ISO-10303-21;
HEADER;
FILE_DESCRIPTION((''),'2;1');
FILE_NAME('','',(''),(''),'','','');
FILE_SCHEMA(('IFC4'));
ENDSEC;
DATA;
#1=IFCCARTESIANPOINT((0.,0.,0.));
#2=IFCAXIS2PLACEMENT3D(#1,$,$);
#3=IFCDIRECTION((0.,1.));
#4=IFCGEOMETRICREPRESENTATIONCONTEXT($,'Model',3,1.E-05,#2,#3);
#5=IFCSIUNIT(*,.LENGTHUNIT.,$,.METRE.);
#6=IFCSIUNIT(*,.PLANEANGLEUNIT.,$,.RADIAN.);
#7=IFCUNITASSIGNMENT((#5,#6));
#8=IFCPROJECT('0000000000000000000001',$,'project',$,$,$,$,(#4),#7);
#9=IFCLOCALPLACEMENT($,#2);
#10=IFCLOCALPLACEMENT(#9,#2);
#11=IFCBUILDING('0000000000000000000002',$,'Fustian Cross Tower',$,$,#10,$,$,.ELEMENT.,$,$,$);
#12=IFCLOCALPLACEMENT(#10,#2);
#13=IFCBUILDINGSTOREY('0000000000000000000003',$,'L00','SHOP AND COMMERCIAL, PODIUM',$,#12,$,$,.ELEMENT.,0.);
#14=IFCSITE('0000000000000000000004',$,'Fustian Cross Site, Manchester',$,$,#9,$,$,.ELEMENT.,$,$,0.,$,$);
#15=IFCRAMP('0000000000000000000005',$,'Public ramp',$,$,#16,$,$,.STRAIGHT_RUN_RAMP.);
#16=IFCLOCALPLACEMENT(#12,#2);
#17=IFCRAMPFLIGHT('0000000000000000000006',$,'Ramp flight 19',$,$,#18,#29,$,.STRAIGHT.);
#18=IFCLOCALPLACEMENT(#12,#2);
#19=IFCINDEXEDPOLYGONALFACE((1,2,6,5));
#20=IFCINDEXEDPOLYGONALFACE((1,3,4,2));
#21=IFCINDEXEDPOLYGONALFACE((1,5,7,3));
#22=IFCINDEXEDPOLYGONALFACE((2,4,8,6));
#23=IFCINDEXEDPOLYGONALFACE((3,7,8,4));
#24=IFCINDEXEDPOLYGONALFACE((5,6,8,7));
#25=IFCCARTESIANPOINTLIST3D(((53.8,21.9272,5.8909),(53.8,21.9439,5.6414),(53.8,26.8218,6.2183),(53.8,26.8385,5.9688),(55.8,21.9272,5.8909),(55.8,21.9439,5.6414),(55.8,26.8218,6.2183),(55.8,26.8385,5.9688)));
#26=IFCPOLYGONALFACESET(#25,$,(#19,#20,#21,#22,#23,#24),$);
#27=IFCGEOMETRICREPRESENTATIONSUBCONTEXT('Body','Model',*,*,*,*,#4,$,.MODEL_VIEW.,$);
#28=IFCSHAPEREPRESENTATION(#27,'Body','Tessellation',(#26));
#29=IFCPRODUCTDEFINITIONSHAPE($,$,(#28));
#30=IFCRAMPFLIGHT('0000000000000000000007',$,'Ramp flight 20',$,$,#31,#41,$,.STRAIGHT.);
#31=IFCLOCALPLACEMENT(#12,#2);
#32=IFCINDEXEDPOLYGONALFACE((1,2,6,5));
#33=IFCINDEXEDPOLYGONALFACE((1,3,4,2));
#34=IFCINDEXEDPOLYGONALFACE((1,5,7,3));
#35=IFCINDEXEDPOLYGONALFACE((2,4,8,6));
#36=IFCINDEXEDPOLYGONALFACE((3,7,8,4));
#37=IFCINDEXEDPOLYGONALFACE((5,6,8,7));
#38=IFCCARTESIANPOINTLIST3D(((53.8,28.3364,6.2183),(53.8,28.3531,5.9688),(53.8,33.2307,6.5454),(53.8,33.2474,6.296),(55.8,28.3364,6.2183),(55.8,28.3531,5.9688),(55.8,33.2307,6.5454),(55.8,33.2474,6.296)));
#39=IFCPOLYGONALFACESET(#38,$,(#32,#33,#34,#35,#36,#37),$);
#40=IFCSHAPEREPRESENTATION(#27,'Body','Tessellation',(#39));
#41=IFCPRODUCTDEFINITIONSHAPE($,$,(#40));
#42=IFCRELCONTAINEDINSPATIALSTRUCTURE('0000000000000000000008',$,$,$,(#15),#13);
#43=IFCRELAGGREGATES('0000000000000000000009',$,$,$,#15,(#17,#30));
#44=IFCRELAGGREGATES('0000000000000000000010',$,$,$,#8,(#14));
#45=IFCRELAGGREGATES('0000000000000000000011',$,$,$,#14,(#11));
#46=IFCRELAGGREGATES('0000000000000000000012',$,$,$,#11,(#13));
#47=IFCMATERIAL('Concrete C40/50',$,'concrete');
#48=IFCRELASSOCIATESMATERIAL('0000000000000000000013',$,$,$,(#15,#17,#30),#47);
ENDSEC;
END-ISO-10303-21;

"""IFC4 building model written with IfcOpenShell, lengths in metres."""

from ifc_helpers import new_model, si_unit, direction, frame, origin, place, context, subcontext, project, spatial, polyline, outline, extrude, material, element, aggregate, save


model = new_model("IFC4")

# Units and contexts
model_context = context("Model", 3, precision=1e-05, world=origin(), true_north=direction((0.0, 1.0)))
body_context = subcontext(model_context, "Body", "Model", "MODEL_VIEW")
ifc_project = project(units=[si_unit("LENGTHUNIT", "METRE"), si_unit("PLANEANGLEUNIT", "RADIAN")], contexts=[model_context])

# Site, building, storey
site_placement = place(None, origin())
site = spatial("IfcSite", under=ifc_project, at=site_placement, Name="Fustian Cross Site, Manchester", CompositionType="ELEMENT", RefElevation=0.0)
building_placement = place(site_placement, origin())
building = spatial("IfcBuilding", under=site, at=building_placement, Name="Fustian Cross Tower", CompositionType="ELEMENT")
storey_placement = place(building_placement, origin())
storey = spatial("IfcBuildingStorey", under=building, at=storey_placement, Name="L00", Description="SHOP AND COMMERCIAL, PODIUM", CompositionType="ELEMENT", Elevation=0.0)

# Ramp, ramp flights
ifc_material_1 = material(Name="Concrete C40/50", Category="concrete")
ramp_placement = place(storey_placement, origin())
ramp = element("IfcRamp", 1, at=ramp_placement, inside=storey, material=ifc_material_1, Name="Public ramp", PredefinedType="STRAIGHT_RUN_RAMP")
ramp_flight_1_placement = place(storey_placement, frame((53.8, 21.9272, 5.8909), z_axis=(0.0, -0.06674, 0.99777), x_axis=(1.0, 0.0, 0.0)))
ramp_flight_1 = element("IfcRampFlight", 2, at=ramp_flight_1_placement, material=ifc_material_1, Name="Ramp flight 19", PredefinedType="STRAIGHT", context=body_context, shape_type="SweptSolid", body=[
    extrude(outline(polyline([(0.0, 0.0), (2.0, 0.0), (2.0, 4.9055), (0.0, 4.9055), (0.0, 0.0)])), origin(), (0.0, 0.0, -1.0), 0.25),
])
ramp_flight_2_placement = place(storey_placement, frame((53.8, 28.3364, 6.2183), z_axis=(0.0, -0.066694, 0.997773), x_axis=(1.0, 0.0, 0.0)))
ramp_flight_2 = element("IfcRampFlight", 3, at=ramp_flight_2_placement, material=ifc_material_1, Name="Ramp flight 20", PredefinedType="STRAIGHT", context=body_context, shape_type="SweptSolid", body=[
    extrude(outline(polyline([(0.0, 0.0), (2.0, 0.0), (2.0, 4.9052), (0.0, 4.9052), (0.0, 0.0)])), origin(), (0.0, 0.0, -1.0), 0.25),
])
aggregate(ramp, [ramp_flight_1, ramp_flight_2])

save(model, "model.ifc")
